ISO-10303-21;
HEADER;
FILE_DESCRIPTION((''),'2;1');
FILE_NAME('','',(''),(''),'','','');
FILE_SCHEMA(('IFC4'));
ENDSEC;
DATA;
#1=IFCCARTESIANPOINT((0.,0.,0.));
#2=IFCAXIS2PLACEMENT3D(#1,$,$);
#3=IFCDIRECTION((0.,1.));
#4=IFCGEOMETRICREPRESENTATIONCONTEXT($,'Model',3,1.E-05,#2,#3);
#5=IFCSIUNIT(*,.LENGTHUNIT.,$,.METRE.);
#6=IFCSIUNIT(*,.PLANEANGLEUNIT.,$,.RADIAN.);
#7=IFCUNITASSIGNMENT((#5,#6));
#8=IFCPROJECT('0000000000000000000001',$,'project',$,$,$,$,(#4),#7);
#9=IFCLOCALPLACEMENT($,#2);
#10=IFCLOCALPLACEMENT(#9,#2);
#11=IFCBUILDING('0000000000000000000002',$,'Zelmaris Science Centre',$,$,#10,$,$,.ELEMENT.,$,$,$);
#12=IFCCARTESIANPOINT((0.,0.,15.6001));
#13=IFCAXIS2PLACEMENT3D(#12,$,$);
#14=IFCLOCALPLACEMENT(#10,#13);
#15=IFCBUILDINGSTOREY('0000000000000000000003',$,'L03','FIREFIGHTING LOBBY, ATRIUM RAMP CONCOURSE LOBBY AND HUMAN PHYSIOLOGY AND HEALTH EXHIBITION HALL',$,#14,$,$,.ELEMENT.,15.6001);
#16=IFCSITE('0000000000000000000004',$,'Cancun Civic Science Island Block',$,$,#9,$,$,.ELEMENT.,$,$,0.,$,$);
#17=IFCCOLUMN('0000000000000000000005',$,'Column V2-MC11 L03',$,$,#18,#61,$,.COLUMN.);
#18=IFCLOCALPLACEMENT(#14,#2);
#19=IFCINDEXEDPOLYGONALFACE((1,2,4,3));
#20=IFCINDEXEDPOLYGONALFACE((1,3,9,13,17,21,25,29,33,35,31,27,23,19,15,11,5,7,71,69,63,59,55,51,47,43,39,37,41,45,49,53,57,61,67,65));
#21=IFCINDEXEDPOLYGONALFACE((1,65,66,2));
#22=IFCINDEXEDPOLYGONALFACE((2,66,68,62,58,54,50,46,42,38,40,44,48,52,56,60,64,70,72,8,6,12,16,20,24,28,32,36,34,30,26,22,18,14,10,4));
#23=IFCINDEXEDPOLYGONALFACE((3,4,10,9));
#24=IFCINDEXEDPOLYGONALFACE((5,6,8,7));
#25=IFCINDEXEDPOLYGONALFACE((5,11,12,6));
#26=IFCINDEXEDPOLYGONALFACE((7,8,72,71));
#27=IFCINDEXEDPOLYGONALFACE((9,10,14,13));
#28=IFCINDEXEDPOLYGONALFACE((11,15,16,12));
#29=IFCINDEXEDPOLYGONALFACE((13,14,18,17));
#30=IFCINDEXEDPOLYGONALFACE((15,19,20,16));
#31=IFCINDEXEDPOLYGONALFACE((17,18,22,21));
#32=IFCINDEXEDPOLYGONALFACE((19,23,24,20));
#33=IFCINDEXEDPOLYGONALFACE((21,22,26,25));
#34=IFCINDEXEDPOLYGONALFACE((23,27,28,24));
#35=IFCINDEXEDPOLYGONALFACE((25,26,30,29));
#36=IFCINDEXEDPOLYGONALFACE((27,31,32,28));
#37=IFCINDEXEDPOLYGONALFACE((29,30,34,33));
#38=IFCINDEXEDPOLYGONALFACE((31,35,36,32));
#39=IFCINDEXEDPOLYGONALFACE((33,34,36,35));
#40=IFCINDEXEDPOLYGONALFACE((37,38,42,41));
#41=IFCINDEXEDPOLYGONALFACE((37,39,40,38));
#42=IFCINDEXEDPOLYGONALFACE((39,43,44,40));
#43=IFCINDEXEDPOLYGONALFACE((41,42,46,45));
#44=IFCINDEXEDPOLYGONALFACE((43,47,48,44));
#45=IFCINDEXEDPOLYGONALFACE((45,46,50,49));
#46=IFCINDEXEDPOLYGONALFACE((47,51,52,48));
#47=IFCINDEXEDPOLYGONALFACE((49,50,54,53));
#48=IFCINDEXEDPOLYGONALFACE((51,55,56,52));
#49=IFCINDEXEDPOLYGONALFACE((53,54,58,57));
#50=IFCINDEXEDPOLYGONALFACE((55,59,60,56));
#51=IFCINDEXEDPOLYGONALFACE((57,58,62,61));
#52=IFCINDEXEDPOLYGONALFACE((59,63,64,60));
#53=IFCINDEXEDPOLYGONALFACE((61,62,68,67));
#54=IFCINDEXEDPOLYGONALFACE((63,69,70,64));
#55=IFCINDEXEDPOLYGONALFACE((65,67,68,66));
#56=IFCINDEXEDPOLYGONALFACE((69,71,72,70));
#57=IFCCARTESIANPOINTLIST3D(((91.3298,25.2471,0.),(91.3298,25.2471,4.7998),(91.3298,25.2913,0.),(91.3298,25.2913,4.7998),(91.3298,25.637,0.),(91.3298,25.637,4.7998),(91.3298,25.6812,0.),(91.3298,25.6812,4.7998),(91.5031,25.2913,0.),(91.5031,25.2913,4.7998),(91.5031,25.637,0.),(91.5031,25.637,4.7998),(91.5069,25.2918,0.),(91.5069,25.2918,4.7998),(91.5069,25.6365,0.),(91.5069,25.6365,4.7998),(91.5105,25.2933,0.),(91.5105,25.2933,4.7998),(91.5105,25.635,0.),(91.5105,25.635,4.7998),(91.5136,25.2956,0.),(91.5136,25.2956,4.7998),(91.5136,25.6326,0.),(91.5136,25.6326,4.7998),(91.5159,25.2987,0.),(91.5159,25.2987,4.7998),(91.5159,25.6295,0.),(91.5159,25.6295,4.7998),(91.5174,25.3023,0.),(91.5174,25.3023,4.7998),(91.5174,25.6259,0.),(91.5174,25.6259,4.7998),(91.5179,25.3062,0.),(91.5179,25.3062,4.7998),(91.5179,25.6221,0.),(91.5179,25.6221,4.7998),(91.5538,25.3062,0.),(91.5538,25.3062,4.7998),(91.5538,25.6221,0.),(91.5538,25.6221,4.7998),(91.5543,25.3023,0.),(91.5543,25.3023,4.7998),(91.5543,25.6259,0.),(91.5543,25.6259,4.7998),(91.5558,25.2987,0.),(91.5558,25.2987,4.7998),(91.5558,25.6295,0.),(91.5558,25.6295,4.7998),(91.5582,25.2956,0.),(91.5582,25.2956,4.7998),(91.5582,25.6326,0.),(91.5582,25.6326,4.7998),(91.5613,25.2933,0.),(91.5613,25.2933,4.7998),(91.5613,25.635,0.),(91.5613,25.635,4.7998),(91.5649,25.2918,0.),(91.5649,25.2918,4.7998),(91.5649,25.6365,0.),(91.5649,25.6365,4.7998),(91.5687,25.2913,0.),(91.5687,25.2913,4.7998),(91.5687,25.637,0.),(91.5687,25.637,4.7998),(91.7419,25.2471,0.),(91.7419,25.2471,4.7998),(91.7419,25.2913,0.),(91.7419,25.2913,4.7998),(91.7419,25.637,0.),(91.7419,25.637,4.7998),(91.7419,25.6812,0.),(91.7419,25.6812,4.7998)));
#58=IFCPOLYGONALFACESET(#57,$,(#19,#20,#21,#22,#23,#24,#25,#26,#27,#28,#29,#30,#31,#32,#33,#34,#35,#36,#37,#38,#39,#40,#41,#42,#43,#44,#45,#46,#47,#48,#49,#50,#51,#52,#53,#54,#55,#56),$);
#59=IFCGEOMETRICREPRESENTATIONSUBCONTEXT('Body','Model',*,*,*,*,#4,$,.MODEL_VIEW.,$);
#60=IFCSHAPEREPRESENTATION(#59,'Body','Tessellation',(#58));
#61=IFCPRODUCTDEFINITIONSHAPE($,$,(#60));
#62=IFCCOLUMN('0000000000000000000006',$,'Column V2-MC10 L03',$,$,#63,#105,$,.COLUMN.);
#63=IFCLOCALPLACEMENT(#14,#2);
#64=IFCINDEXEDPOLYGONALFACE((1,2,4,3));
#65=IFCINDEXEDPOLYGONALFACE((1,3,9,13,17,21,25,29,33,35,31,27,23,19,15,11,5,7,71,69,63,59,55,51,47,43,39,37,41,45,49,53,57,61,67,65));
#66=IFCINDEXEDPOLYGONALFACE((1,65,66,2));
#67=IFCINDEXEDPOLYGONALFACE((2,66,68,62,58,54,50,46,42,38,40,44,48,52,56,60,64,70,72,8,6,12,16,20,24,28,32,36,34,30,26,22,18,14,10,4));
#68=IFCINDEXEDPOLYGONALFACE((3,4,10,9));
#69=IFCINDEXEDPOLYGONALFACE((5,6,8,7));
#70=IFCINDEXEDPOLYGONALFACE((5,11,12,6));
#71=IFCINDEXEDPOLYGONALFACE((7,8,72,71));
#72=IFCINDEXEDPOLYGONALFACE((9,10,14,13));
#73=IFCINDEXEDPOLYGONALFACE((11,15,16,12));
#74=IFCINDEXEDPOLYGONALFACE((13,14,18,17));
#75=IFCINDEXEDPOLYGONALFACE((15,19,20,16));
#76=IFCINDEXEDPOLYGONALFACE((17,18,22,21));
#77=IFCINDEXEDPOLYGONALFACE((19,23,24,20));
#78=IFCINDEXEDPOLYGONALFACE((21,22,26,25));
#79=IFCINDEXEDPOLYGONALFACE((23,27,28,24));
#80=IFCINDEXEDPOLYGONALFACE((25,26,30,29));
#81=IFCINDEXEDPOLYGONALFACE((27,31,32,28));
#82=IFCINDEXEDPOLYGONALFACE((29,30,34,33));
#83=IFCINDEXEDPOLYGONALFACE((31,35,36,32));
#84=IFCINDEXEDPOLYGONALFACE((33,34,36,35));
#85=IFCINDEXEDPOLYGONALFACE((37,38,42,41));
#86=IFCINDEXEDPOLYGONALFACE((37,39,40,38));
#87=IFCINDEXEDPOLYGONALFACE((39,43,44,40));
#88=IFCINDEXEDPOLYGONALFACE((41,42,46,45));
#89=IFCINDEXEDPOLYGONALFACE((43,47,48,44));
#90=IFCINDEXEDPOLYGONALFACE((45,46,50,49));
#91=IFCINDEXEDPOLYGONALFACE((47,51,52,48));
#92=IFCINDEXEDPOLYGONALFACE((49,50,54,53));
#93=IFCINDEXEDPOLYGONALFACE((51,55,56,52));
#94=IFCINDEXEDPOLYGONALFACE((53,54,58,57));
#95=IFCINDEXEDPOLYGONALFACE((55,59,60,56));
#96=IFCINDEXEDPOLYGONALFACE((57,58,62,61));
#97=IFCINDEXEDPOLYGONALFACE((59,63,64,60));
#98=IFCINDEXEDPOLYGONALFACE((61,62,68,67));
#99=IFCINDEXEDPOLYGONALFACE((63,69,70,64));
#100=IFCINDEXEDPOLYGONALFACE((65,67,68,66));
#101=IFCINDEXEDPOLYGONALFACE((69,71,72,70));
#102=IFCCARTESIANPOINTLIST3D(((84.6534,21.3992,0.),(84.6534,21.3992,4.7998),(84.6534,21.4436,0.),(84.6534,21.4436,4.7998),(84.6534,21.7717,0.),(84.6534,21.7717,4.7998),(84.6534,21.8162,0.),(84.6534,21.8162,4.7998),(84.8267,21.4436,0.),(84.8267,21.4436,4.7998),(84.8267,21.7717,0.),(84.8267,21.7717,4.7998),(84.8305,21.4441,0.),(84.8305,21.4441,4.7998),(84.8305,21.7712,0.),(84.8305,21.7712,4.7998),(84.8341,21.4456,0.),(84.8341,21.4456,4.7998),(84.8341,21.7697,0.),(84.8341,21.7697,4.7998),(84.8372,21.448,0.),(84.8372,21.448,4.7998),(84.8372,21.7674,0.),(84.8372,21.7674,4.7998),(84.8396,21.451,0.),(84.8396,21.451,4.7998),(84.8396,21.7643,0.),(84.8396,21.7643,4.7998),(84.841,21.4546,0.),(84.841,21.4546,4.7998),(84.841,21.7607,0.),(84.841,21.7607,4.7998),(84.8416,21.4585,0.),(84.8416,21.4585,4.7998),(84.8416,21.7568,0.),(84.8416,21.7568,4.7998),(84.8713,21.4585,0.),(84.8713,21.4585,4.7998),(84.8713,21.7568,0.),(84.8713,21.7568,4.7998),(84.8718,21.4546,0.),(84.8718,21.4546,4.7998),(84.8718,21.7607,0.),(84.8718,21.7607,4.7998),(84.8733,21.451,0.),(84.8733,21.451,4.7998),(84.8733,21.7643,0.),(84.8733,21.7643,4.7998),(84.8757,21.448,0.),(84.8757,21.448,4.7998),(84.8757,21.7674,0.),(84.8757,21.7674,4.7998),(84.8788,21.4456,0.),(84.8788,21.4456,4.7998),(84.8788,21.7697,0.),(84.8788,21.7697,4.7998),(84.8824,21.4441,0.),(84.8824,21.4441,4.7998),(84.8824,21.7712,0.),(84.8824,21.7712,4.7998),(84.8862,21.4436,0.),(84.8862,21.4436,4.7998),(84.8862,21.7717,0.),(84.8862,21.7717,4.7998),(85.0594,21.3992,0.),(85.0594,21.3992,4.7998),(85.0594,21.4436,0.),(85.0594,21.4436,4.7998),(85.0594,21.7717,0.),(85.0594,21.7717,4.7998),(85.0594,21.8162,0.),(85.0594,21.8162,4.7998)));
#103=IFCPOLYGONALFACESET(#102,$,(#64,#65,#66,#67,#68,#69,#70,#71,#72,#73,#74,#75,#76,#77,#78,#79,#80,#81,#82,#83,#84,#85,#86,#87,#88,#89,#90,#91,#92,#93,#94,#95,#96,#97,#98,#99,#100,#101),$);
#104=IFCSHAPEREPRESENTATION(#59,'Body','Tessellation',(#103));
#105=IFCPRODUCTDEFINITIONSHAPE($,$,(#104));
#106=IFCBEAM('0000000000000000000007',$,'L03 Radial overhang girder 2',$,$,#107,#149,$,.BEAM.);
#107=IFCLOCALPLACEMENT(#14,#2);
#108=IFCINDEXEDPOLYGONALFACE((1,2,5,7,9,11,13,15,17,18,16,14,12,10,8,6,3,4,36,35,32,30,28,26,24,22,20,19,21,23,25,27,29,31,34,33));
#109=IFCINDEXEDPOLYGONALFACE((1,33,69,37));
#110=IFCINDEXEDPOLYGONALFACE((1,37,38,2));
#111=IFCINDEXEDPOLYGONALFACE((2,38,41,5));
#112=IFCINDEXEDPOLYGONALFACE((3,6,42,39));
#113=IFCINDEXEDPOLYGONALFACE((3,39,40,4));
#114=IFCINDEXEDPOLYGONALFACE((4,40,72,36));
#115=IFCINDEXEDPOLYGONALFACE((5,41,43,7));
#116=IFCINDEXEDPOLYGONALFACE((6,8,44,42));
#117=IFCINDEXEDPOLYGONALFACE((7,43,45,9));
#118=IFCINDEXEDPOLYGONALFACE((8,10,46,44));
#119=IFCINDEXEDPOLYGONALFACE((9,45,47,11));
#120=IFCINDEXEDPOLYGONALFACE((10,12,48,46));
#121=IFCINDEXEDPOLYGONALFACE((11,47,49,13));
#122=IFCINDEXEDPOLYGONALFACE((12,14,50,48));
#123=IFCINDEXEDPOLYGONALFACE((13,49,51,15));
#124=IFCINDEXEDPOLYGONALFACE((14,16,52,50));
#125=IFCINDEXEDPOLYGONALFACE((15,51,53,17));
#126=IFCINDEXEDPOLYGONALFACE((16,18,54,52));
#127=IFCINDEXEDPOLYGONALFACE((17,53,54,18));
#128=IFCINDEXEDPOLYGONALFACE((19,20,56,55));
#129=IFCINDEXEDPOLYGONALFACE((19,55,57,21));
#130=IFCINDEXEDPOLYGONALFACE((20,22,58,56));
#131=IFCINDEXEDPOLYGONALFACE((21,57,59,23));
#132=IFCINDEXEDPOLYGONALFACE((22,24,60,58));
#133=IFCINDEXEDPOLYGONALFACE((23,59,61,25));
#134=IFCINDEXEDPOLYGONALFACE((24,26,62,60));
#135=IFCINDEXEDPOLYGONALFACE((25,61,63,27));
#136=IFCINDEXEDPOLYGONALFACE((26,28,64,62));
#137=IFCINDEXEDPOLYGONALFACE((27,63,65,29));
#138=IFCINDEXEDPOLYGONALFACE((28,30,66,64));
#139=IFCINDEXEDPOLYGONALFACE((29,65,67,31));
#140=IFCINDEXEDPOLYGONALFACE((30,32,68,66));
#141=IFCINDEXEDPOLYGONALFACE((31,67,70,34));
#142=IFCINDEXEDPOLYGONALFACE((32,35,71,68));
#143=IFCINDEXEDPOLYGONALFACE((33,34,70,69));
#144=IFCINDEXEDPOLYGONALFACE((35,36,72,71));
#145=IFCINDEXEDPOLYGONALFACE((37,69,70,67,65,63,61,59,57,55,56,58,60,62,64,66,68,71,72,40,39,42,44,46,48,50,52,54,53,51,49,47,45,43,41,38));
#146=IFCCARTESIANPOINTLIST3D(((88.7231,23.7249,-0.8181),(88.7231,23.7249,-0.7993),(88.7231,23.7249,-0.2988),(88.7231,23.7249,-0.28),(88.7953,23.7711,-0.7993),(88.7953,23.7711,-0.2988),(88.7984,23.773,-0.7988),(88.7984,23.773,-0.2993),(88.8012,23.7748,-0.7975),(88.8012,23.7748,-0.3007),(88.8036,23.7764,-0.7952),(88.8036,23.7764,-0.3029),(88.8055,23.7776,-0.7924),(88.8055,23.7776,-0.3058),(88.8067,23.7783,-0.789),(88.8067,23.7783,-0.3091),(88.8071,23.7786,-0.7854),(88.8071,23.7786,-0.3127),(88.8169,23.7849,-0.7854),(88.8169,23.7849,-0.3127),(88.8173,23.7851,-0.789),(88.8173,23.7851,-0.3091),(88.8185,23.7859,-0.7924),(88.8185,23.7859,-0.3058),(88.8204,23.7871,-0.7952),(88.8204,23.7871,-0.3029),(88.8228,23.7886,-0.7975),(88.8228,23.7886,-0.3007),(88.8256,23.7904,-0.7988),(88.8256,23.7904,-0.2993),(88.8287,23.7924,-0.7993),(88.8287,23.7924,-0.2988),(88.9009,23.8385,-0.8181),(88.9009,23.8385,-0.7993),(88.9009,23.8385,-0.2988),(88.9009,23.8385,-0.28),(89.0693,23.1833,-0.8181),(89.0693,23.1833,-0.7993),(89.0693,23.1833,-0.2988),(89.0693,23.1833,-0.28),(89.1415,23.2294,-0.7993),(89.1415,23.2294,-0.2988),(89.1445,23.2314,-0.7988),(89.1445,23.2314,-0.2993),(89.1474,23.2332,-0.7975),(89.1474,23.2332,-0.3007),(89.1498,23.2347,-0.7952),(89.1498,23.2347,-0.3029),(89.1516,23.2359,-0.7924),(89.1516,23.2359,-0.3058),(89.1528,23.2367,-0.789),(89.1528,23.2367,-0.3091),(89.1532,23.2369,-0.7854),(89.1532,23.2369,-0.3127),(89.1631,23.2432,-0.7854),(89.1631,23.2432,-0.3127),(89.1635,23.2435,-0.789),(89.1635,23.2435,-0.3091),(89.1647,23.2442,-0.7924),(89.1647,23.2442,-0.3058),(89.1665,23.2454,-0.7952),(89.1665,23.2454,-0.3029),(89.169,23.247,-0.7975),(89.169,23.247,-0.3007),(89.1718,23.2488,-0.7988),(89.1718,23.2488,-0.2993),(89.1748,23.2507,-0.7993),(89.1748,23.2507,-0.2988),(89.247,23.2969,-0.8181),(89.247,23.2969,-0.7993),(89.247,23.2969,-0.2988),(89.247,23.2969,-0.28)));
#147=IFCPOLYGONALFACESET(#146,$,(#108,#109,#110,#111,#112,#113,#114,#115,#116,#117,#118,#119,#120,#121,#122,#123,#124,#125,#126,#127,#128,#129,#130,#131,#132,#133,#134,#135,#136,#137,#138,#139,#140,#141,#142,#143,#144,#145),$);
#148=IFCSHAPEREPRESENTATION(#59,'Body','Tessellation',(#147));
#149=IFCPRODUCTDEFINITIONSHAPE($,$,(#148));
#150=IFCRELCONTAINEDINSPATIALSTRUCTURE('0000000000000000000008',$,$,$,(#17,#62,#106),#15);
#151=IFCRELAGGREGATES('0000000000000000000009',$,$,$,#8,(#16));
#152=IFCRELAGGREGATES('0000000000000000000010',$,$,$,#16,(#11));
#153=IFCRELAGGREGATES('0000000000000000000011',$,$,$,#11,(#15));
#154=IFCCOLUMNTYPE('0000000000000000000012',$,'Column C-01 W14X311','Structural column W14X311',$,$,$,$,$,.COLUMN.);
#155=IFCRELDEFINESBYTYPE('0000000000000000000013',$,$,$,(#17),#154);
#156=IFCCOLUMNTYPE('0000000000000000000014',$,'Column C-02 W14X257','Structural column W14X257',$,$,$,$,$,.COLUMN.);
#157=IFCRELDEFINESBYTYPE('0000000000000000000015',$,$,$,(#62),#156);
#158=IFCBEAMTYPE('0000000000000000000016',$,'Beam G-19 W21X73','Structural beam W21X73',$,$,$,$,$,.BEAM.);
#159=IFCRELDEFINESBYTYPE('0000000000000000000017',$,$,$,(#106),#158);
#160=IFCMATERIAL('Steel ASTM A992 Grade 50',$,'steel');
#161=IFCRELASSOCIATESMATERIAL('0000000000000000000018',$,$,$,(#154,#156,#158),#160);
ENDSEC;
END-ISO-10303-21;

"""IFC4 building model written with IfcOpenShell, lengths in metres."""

from ifc_helpers import new_model, si_unit, direction, frame, origin, origin_2d, place, context, subcontext, project, spatial, i_section, extrude, material, material_profile, profile_set, type_object, element, save


model = new_model("IFC4")

# Units and contexts
model_context = context("Model", 3, precision=1e-05, world=origin(), true_north=direction((0.0, 1.0)))
body_context = subcontext(model_context, "Body", "Model", "MODEL_VIEW")
ifc_project = project(units=[si_unit("LENGTHUNIT", "METRE"), si_unit("PLANEANGLEUNIT", "RADIAN")], contexts=[model_context])

# Site, building, storey
site_placement = place(None, origin())
site = spatial("IfcSite", under=ifc_project, at=site_placement, Name="Cancun Civic Science Island Block", CompositionType="ELEMENT", RefElevation=0.0)
building_placement = place(site_placement, origin())
building = spatial("IfcBuilding", under=site, at=building_placement, Name="Zelmaris Science Centre", CompositionType="ELEMENT")
storey_placement = place(building_placement, frame((0.0, 0.0, 15.6001)))
storey = spatial("IfcBuildingStorey", under=building, at=storey_placement, Name="L03", Description="FIREFIGHTING LOBBY, ATRIUM RAMP CONCOURSE LOBBY AND HUMAN PHYSIOLOGY AND HEALTH EXHIBITION HALL", CompositionType="ELEMENT", Elevation=15.6001)

# Columns
ifc_material_1 = material(Name="Steel ASTM A992 Grade 50", Category="steel")
ifc_material_profile_1 = material_profile(ifc_material_1, i_section(OverallWidth=0.4121, OverallDepth=0.4341, WebThickness=0.0359, FlangeThickness=0.0442, FilletRadius=0.0149, at=origin_2d()), Name="W14X311")
ifc_profile_set_1 = profile_set([ifc_material_profile_1], Name="Steel ASTM A992 Grade 50")
column_type_1 = type_object("IfcColumnType", Name="Column C-01 W14X311", Description="Structural column W14X311", PredefinedType="COLUMN", material=ifc_profile_set_1)
column_1_placement = place(storey_placement, frame((91.5359, 25.4641, 0.0), z_axis=(0.0, 0.0, 1.0), x_axis=(1.0, 0.0, 0.0)))
element("IfcColumn", 1, at=column_1_placement, inside=storey, type_object=column_type_1, Name="Column V2-MC11 L03", PredefinedType="COLUMN", context=body_context, shape_type="SweptSolid", body=[
    extrude(i_section(OverallWidth=0.4121, OverallDepth=0.4341, WebThickness=0.0359, FlangeThickness=0.0442, FilletRadius=0.0149, at=origin_2d()), origin(), (0.0, 0.0, 1.0), 4.7998),
])
ifc_material_profile_2 = material_profile(ifc_material_1, i_section(OverallWidth=0.406, OverallDepth=0.417, WebThickness=0.0298, FlangeThickness=0.0444, FilletRadius=0.0149, at=origin_2d()), Name="W14X257")
ifc_profile_set_2 = profile_set([ifc_material_profile_2], Name="Steel ASTM A992 Grade 50")
column_type_2 = type_object("IfcColumnType", Name="Column C-02 W14X257", Description="Structural column W14X257", PredefinedType="COLUMN", material=ifc_profile_set_2)
column_2_placement = place(storey_placement, frame((84.8564, 21.6077, 0.0), z_axis=(0.0, 0.0, 1.0), x_axis=(1.0, 0.0, 0.0)))
element("IfcColumn", 2, at=column_2_placement, inside=storey, type_object=column_type_2, Name="Column V2-MC10 L03", PredefinedType="COLUMN", context=body_context, shape_type="SweptSolid", body=[
    extrude(i_section(OverallWidth=0.406, OverallDepth=0.417, WebThickness=0.0298, FlangeThickness=0.0444, FilletRadius=0.0149, at=origin_2d()), origin(), (0.0, 0.0, 1.0), 4.7998),
])

# Beam
ifc_material_profile_3 = material_profile(ifc_material_1, i_section(OverallWidth=0.2109, OverallDepth=0.5381, WebThickness=0.0117, FlangeThickness=0.0188, FilletRadius=0.0139, at=origin_2d()), Name="W21X73")
ifc_profile_set_3 = profile_set([ifc_material_profile_3], Name="Steel ASTM A992 Grade 50")
beam_type_1 = type_object("IfcBeamType", Name="Beam G-19 W21X73", Description="Structural beam W21X73", PredefinedType="BEAM", material=ifc_profile_set_3)
beam_1_placement = place(storey_placement, frame((88.812, 23.7817, -0.5491), z_axis=(0.538472, -0.842644, 0.0), x_axis=(0.842644, 0.538472, 0.0)))
element("IfcBeam", 3, at=beam_1_placement, inside=storey, type_object=beam_type_1, Name="L03 Radial overhang girder 2", PredefinedType="BEAM", context=body_context, shape_type="SweptSolid", body=[
    extrude(i_section(OverallWidth=0.2109, OverallDepth=0.5381, WebThickness=0.0117, FlangeThickness=0.0188, FilletRadius=0.0139, at=origin_2d()), origin(), (0.0, 0.0, 1.0), 0.6428),
])

save(model, "model.ifc")
